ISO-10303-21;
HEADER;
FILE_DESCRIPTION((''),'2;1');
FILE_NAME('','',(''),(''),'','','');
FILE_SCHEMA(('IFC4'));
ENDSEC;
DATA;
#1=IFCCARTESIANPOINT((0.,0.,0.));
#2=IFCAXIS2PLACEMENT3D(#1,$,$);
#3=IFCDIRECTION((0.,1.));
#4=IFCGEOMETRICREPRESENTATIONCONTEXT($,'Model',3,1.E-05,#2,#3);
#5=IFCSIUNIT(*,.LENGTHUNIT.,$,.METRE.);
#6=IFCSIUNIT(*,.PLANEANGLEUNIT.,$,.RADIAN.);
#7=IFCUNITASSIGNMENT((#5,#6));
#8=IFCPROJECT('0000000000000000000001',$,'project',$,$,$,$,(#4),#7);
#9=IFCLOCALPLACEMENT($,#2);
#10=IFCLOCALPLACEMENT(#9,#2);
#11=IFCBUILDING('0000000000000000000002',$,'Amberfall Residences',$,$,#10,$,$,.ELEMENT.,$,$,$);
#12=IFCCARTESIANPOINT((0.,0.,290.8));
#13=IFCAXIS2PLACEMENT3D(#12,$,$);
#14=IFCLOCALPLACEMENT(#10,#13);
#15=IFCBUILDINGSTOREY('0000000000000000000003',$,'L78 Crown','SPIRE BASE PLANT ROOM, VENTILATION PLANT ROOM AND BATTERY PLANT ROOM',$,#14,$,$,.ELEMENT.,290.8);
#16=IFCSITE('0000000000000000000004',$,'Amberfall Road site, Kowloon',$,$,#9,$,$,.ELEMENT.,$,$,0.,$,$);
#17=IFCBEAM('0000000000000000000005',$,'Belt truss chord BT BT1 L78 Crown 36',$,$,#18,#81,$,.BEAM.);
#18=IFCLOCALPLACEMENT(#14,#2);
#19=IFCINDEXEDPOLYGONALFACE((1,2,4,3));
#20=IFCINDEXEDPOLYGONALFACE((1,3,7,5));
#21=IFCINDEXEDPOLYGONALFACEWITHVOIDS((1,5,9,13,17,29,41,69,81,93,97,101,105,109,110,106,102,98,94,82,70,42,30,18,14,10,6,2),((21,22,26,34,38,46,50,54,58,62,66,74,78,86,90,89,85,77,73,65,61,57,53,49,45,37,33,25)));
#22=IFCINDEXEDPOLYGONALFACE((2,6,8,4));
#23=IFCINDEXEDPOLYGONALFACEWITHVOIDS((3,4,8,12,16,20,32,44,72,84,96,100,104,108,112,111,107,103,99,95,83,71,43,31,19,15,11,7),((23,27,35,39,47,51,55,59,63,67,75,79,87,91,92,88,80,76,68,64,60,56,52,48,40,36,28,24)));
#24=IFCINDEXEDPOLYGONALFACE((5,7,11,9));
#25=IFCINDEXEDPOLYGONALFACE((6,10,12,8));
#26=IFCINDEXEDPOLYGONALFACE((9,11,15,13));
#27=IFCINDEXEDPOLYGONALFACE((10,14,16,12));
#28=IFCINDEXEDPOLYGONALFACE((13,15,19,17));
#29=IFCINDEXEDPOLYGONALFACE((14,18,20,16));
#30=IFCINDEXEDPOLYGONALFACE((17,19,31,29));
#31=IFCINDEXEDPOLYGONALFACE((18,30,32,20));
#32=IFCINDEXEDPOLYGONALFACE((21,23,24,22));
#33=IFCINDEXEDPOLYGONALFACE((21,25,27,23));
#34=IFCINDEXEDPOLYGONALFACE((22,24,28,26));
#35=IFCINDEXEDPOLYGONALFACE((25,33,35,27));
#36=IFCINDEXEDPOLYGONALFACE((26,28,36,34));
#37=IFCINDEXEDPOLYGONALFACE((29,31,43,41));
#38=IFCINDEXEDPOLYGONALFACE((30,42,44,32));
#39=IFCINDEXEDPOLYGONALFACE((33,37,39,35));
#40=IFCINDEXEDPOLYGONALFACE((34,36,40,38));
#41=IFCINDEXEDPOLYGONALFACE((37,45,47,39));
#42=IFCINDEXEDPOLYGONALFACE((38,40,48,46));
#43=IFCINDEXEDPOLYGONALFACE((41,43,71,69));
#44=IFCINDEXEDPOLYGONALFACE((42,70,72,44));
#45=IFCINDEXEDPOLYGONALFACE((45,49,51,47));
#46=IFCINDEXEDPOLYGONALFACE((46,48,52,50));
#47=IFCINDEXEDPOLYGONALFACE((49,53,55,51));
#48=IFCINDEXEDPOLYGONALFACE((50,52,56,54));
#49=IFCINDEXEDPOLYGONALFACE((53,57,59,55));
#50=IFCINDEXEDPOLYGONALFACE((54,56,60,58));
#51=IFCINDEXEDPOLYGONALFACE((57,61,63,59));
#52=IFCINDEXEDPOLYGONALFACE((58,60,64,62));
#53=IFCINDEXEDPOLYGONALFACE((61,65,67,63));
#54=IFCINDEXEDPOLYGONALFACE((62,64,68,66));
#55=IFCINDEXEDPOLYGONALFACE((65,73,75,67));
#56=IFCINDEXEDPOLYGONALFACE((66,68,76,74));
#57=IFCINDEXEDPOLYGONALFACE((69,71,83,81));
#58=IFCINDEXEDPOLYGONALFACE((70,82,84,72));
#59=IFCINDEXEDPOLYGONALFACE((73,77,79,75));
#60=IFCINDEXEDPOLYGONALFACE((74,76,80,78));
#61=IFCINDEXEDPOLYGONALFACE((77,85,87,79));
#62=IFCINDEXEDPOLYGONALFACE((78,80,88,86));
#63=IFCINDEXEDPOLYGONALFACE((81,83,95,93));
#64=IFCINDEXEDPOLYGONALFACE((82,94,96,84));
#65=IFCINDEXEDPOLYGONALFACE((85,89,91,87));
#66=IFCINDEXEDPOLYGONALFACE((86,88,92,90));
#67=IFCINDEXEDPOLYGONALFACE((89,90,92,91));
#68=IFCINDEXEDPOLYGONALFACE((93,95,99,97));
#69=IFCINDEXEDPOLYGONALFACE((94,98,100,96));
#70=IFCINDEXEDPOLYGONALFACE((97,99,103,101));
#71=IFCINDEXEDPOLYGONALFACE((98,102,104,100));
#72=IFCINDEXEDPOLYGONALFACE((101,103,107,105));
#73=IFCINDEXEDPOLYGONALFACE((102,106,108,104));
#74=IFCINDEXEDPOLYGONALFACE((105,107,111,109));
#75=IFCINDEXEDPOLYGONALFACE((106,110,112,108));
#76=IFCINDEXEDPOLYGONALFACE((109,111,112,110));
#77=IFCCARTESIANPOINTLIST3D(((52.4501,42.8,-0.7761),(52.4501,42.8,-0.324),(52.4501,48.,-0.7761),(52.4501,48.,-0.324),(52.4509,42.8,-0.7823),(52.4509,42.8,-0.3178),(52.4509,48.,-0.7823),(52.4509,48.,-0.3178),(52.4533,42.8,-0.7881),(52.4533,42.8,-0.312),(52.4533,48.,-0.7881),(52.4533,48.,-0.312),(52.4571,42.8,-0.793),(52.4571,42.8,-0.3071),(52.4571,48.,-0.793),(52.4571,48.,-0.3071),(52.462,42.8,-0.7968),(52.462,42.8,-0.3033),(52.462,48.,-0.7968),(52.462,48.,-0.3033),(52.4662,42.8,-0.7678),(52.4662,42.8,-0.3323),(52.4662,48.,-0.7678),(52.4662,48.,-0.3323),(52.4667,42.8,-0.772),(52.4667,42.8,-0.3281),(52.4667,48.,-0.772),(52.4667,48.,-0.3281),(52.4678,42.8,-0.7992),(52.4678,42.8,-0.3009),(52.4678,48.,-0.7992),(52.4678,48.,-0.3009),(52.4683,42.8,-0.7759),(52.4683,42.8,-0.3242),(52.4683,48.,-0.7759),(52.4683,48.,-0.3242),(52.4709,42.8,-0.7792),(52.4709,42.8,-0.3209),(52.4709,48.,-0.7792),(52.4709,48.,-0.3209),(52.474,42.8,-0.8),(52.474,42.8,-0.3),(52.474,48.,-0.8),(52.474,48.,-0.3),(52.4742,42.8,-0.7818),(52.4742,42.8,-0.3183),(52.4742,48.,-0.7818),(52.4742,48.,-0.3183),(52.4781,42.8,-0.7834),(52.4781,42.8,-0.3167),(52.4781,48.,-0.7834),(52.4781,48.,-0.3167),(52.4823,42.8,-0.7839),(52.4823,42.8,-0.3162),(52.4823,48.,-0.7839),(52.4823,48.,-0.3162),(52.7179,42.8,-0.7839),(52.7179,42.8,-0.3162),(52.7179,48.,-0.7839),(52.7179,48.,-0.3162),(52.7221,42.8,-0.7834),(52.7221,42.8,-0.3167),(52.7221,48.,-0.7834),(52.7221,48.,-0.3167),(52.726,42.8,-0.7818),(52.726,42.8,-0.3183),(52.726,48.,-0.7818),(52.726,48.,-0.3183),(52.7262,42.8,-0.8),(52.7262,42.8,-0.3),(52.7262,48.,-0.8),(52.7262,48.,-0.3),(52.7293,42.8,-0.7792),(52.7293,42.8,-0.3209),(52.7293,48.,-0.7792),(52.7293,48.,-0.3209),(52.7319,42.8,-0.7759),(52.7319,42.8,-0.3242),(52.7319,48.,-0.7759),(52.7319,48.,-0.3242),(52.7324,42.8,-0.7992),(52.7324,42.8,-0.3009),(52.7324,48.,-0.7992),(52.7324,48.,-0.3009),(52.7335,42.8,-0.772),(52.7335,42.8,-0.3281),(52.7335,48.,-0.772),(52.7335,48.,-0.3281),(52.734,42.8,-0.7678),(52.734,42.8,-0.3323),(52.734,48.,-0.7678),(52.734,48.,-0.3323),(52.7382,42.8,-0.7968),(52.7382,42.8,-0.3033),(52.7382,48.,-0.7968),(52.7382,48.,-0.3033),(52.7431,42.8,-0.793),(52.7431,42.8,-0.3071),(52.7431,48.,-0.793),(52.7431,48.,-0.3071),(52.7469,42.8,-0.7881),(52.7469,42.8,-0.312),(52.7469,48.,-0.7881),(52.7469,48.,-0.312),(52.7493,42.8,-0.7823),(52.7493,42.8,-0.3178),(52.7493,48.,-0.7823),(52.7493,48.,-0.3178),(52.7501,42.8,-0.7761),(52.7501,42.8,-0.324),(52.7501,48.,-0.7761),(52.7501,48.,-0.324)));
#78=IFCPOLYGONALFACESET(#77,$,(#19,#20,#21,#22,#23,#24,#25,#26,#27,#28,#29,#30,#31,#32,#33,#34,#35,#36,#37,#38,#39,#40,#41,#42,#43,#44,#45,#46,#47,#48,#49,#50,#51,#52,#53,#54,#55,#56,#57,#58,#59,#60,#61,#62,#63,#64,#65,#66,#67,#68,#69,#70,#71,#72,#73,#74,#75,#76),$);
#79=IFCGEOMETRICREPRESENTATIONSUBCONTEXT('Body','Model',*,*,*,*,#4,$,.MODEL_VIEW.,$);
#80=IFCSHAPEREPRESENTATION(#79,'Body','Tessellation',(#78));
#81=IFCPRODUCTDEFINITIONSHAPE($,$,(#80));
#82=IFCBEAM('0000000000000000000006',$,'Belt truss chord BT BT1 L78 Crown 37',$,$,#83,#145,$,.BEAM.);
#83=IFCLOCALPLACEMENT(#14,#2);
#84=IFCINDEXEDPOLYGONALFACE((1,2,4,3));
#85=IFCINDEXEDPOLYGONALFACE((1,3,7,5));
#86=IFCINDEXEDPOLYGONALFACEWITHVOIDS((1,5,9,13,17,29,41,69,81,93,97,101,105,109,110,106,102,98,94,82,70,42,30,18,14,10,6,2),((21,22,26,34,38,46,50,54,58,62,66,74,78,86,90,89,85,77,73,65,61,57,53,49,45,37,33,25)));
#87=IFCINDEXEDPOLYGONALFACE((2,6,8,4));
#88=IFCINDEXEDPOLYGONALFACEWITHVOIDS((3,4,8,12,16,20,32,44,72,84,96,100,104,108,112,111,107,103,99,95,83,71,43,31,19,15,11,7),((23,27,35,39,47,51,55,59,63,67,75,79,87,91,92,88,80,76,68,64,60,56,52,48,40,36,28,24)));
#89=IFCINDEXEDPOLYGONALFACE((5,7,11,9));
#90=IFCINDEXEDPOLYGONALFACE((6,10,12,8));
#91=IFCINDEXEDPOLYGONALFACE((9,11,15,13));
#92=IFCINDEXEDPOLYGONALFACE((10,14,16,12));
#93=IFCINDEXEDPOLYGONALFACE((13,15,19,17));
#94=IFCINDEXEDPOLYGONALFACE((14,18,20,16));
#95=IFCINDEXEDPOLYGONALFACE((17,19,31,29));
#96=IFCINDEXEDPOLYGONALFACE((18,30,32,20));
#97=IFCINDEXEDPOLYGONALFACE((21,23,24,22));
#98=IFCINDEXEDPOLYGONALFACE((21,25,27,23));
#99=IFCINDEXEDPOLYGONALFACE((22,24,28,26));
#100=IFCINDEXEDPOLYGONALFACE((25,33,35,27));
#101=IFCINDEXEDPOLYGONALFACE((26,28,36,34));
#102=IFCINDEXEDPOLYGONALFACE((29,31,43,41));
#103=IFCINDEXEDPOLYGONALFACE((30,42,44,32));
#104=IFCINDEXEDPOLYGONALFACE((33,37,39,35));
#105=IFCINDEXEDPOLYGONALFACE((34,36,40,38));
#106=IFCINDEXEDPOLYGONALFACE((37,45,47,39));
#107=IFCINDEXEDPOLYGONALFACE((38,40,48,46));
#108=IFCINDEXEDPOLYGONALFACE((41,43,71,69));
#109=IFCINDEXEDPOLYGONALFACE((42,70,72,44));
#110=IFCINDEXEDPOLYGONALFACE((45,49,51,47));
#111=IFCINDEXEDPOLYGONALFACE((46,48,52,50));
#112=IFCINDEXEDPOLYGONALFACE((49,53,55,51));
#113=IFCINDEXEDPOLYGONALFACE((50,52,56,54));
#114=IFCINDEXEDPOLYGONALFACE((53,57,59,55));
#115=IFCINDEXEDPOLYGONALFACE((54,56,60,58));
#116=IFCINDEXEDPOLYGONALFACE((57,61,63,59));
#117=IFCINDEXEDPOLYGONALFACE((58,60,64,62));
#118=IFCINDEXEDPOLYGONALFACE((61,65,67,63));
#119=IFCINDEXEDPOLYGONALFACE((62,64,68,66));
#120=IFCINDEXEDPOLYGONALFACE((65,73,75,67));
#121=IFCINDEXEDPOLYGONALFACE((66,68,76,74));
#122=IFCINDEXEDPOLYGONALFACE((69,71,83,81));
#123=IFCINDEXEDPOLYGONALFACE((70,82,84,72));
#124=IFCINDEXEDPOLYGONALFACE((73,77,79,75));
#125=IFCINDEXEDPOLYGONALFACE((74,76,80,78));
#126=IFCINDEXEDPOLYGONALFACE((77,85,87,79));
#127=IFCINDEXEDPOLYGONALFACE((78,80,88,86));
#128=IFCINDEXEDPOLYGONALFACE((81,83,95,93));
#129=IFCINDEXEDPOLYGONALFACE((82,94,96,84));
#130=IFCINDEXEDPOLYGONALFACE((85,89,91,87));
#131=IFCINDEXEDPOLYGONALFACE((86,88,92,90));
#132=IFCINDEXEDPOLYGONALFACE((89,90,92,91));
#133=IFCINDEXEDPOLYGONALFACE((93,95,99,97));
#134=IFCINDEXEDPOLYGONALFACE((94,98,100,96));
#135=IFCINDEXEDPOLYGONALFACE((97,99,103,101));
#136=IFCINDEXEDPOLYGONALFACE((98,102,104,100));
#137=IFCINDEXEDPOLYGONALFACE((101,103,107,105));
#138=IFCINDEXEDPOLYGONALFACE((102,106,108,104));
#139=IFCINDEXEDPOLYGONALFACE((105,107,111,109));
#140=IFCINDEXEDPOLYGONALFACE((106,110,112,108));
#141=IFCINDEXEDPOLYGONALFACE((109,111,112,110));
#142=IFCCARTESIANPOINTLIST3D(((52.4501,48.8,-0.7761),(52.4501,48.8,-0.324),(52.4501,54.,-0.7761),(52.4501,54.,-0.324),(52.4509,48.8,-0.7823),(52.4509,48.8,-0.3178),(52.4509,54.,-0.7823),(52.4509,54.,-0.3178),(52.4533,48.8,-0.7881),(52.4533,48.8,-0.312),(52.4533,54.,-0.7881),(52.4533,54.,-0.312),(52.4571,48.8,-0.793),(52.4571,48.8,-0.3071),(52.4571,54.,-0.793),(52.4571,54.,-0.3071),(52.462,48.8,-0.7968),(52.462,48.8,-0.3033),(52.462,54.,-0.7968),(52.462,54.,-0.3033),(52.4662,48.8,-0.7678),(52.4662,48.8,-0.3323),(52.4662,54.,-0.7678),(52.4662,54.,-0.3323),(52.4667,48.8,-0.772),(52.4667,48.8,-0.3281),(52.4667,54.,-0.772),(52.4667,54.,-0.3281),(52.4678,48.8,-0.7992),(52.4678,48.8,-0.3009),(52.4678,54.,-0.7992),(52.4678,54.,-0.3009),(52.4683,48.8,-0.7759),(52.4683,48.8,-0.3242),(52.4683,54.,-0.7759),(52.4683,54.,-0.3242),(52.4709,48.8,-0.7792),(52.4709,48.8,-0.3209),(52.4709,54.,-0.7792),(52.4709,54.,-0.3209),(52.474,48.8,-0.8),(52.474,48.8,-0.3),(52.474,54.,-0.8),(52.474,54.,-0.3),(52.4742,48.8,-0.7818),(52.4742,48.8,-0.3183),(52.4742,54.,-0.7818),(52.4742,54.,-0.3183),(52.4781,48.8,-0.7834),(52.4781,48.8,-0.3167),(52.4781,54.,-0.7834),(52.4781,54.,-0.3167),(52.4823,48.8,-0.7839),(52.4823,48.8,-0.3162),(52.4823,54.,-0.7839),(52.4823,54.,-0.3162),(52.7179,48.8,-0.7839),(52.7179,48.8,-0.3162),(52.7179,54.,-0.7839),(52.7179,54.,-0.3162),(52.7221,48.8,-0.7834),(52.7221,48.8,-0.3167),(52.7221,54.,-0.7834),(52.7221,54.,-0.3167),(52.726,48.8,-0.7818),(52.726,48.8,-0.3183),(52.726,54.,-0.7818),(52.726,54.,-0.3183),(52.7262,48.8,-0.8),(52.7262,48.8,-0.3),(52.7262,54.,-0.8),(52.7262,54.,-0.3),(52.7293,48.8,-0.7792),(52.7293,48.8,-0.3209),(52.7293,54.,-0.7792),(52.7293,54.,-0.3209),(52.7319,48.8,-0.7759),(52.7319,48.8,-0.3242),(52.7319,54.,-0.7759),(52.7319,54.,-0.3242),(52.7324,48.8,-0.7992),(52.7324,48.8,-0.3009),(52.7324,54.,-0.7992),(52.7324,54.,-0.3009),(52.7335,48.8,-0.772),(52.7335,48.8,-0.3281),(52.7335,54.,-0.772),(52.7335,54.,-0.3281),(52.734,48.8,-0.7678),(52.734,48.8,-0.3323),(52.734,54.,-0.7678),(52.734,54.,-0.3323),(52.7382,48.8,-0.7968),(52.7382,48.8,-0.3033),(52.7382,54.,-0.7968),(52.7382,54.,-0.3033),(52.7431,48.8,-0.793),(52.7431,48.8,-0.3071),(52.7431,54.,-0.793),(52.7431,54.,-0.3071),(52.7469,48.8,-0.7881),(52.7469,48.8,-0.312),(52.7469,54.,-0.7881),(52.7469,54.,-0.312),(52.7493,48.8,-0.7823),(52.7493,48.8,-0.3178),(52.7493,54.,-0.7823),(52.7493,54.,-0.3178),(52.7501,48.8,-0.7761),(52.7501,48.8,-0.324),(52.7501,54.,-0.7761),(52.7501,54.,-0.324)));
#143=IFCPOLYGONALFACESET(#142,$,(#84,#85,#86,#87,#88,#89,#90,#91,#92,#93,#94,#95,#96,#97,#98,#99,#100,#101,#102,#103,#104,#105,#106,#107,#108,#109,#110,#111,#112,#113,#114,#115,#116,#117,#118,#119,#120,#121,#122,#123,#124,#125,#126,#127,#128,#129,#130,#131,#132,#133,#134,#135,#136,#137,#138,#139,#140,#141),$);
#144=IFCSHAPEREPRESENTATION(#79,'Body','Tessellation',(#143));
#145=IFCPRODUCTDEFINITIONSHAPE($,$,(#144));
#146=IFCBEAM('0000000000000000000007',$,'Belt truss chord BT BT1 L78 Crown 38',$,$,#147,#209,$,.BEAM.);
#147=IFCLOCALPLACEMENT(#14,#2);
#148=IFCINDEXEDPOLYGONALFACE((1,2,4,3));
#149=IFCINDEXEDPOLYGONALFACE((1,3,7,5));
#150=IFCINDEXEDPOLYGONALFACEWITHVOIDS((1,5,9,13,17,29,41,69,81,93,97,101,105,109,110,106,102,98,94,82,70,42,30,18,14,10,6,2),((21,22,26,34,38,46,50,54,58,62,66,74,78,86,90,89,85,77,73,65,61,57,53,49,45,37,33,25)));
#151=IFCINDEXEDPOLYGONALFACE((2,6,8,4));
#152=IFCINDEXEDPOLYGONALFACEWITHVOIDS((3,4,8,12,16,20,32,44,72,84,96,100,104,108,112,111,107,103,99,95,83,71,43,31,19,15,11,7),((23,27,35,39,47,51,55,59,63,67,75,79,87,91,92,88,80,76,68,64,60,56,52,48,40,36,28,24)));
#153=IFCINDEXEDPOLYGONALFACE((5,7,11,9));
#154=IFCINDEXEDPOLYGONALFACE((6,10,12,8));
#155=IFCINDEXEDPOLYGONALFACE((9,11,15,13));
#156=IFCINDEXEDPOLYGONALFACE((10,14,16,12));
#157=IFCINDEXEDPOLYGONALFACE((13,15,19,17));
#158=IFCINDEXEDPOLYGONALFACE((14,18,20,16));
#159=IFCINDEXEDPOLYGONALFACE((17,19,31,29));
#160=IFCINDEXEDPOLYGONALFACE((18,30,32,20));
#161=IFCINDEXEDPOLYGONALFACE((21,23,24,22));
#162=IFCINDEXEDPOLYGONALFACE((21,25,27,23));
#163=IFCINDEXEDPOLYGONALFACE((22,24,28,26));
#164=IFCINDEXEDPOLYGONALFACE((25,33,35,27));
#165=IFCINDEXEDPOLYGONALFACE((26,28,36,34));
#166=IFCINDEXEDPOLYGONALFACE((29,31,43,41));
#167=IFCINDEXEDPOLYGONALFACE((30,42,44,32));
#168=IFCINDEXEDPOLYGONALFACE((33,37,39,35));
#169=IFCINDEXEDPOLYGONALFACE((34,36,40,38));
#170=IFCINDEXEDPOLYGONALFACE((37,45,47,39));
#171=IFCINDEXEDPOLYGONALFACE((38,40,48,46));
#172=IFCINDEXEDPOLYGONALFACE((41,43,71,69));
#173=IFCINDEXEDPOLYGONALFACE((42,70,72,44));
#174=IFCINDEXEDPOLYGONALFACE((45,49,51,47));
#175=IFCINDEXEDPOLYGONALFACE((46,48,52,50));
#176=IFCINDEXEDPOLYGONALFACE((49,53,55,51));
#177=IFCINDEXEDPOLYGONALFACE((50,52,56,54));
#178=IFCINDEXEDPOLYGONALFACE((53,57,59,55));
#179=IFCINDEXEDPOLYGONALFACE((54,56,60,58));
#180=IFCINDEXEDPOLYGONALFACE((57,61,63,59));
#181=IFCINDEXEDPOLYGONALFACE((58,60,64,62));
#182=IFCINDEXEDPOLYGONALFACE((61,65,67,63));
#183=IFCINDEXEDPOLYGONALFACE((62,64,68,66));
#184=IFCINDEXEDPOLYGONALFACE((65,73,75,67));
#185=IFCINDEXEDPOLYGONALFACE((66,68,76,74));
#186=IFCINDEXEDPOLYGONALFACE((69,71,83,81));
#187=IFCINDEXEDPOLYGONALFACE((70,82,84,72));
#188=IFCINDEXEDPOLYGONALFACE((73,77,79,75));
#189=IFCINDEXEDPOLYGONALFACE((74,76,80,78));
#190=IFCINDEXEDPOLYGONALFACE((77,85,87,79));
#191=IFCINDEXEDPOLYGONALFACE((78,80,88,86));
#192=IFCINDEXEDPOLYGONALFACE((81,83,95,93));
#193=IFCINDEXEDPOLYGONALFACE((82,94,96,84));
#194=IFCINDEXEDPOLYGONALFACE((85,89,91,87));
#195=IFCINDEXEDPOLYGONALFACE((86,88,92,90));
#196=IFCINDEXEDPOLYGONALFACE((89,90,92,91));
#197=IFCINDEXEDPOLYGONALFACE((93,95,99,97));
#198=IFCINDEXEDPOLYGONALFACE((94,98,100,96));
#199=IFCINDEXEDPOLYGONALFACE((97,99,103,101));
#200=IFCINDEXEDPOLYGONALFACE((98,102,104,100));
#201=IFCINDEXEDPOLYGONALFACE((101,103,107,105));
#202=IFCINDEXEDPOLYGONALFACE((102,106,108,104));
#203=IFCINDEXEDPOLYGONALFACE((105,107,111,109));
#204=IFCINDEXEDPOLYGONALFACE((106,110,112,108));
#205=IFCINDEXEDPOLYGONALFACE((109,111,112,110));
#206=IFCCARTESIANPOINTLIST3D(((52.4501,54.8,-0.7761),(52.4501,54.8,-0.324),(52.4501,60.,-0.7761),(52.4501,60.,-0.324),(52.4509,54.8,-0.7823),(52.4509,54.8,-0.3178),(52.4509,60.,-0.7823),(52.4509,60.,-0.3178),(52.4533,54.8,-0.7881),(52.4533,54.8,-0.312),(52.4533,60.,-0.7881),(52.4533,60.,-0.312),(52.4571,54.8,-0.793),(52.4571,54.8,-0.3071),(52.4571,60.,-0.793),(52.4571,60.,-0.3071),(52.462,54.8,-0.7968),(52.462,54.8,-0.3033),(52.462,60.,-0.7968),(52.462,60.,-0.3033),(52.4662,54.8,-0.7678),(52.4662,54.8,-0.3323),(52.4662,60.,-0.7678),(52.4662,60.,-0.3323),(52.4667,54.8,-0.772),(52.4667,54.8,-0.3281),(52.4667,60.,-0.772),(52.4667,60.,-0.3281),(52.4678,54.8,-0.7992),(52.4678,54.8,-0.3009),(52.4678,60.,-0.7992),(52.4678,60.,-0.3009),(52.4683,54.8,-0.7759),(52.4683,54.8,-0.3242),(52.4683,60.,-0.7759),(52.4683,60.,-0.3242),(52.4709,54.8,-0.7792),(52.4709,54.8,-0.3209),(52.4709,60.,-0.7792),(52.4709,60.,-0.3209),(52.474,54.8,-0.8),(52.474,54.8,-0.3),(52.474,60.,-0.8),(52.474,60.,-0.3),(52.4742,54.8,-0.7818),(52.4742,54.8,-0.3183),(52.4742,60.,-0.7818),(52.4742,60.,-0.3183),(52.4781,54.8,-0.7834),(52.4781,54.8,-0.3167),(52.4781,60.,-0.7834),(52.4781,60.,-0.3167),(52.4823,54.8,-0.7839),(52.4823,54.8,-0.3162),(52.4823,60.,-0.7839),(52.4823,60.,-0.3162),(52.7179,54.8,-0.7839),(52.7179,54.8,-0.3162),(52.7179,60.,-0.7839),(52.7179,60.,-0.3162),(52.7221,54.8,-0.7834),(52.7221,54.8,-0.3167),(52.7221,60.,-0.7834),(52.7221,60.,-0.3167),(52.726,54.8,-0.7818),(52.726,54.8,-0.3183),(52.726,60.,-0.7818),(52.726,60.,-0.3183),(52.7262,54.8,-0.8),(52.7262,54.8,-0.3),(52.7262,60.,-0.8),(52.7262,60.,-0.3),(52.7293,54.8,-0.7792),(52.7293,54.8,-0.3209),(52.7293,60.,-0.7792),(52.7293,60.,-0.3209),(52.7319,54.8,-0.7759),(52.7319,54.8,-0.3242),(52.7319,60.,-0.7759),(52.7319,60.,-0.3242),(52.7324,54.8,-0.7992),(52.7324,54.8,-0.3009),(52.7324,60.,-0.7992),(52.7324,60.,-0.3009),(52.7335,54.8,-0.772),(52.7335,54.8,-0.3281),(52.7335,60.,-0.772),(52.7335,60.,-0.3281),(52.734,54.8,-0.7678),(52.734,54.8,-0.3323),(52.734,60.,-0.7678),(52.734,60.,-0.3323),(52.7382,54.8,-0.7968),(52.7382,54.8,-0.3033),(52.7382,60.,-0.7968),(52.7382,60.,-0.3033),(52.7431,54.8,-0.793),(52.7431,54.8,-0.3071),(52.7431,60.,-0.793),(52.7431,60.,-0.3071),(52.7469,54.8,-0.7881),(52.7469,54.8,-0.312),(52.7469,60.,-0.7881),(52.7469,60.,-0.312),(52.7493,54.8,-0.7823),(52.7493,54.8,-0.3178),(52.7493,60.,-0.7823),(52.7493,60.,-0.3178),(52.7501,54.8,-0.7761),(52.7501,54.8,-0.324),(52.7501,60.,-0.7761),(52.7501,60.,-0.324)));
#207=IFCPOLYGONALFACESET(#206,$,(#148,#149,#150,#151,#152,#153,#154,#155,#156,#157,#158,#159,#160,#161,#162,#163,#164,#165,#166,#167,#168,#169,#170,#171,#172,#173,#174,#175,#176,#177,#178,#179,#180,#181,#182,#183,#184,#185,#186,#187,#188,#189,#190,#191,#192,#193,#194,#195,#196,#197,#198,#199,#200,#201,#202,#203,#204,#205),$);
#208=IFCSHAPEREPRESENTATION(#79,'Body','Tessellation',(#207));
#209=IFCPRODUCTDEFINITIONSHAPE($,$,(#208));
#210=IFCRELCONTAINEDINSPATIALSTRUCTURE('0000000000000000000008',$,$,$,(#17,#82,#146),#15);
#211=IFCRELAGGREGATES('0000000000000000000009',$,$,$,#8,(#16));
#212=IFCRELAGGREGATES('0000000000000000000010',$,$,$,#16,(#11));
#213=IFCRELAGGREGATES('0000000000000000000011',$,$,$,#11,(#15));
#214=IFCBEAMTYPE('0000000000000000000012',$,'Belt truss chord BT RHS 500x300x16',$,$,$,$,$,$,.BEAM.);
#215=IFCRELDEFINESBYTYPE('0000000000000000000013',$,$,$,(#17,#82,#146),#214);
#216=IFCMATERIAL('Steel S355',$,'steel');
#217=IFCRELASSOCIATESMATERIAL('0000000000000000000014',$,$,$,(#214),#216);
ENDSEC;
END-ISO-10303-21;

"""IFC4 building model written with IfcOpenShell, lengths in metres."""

from ifc_helpers import new_model, si_unit, direction, frame, origin, origin_2d, place, context, subcontext, project, spatial, hollow_rectangle, extrude, material, material_profile, profile_set, type_object, element, save


model = new_model("IFC4")

# Units and contexts
model_context = context("Model", 3, precision=1e-05, world=origin(), true_north=direction((0.0, 1.0)))
body_context = subcontext(model_context, "Body", "Model", "MODEL_VIEW")
ifc_project = project(units=[si_unit("LENGTHUNIT", "METRE"), si_unit("PLANEANGLEUNIT", "RADIAN")], contexts=[model_context])

# Site, building, storey
site_placement = place(None, origin())
site = spatial("IfcSite", under=ifc_project, at=site_placement, Name="Amberfall Road site, Kowloon", CompositionType="ELEMENT", RefElevation=0.0)
building_placement = place(site_placement, origin())
building = spatial("IfcBuilding", under=site, at=building_placement, Name="Amberfall Residences", CompositionType="ELEMENT")
storey_placement = place(building_placement, frame((0.0, 0.0, 290.8)))
storey = spatial("IfcBuildingStorey", under=building, at=storey_placement, Name="L78 Crown", Description="SPIRE BASE PLANT ROOM, VENTILATION PLANT ROOM AND BATTERY PLANT ROOM", CompositionType="ELEMENT", Elevation=290.8)

# Beams
ifc_material_1 = material(Name="Steel S355", Category="steel")
ifc_material_profile_1 = material_profile(ifc_material_1, hollow_rectangle(XDim=0.3, YDim=0.5, WallThickness=0.0161, InnerFilletRadius=0.0161, OuterFilletRadius=0.0239, at=origin_2d()), Name="RHS 500x300x16")
ifc_profile_set_1 = profile_set([ifc_material_profile_1], Name="Steel S355")
beam_type_1 = type_object("IfcBeamType", Name="Belt truss chord BT RHS 500x300x16", PredefinedType="BEAM", material=ifc_profile_set_1)
for number, where, z_axis, x_axis, name in (
    (1, (52.6001, 42.8, -0.55), (0.0, 1.0, 0.0), (-1.0, 0.0, 0.0), "Belt truss chord BT BT1 L78 Crown 36"),
    (2, (52.6001, 48.8, -0.55), (0.0, 1.0, 0.0), (-1.0, 0.0, 0.0), "Belt truss chord BT BT1 L78 Crown 37"),
    (3, (52.6001, 54.8, -0.55), (0.0, 1.0, 0.0), (-1.0, 0.0, 0.0), "Belt truss chord BT BT1 L78 Crown 38"),
):
    element("IfcBeam", number, at=place(storey_placement, frame(where, z_axis=z_axis, x_axis=x_axis)), inside=storey, type_object=beam_type_1, Name=name, PredefinedType="BEAM", context=body_context, shape_type="SweptSolid", body=[
        extrude(hollow_rectangle(XDim=0.3, YDim=0.5, WallThickness=0.0161, InnerFilletRadius=0.0161, OuterFilletRadius=0.0239, at=origin_2d()), origin(), (0.0, 0.0, 1.0), 5.2),
    ])

save(model, "model.ifc")
